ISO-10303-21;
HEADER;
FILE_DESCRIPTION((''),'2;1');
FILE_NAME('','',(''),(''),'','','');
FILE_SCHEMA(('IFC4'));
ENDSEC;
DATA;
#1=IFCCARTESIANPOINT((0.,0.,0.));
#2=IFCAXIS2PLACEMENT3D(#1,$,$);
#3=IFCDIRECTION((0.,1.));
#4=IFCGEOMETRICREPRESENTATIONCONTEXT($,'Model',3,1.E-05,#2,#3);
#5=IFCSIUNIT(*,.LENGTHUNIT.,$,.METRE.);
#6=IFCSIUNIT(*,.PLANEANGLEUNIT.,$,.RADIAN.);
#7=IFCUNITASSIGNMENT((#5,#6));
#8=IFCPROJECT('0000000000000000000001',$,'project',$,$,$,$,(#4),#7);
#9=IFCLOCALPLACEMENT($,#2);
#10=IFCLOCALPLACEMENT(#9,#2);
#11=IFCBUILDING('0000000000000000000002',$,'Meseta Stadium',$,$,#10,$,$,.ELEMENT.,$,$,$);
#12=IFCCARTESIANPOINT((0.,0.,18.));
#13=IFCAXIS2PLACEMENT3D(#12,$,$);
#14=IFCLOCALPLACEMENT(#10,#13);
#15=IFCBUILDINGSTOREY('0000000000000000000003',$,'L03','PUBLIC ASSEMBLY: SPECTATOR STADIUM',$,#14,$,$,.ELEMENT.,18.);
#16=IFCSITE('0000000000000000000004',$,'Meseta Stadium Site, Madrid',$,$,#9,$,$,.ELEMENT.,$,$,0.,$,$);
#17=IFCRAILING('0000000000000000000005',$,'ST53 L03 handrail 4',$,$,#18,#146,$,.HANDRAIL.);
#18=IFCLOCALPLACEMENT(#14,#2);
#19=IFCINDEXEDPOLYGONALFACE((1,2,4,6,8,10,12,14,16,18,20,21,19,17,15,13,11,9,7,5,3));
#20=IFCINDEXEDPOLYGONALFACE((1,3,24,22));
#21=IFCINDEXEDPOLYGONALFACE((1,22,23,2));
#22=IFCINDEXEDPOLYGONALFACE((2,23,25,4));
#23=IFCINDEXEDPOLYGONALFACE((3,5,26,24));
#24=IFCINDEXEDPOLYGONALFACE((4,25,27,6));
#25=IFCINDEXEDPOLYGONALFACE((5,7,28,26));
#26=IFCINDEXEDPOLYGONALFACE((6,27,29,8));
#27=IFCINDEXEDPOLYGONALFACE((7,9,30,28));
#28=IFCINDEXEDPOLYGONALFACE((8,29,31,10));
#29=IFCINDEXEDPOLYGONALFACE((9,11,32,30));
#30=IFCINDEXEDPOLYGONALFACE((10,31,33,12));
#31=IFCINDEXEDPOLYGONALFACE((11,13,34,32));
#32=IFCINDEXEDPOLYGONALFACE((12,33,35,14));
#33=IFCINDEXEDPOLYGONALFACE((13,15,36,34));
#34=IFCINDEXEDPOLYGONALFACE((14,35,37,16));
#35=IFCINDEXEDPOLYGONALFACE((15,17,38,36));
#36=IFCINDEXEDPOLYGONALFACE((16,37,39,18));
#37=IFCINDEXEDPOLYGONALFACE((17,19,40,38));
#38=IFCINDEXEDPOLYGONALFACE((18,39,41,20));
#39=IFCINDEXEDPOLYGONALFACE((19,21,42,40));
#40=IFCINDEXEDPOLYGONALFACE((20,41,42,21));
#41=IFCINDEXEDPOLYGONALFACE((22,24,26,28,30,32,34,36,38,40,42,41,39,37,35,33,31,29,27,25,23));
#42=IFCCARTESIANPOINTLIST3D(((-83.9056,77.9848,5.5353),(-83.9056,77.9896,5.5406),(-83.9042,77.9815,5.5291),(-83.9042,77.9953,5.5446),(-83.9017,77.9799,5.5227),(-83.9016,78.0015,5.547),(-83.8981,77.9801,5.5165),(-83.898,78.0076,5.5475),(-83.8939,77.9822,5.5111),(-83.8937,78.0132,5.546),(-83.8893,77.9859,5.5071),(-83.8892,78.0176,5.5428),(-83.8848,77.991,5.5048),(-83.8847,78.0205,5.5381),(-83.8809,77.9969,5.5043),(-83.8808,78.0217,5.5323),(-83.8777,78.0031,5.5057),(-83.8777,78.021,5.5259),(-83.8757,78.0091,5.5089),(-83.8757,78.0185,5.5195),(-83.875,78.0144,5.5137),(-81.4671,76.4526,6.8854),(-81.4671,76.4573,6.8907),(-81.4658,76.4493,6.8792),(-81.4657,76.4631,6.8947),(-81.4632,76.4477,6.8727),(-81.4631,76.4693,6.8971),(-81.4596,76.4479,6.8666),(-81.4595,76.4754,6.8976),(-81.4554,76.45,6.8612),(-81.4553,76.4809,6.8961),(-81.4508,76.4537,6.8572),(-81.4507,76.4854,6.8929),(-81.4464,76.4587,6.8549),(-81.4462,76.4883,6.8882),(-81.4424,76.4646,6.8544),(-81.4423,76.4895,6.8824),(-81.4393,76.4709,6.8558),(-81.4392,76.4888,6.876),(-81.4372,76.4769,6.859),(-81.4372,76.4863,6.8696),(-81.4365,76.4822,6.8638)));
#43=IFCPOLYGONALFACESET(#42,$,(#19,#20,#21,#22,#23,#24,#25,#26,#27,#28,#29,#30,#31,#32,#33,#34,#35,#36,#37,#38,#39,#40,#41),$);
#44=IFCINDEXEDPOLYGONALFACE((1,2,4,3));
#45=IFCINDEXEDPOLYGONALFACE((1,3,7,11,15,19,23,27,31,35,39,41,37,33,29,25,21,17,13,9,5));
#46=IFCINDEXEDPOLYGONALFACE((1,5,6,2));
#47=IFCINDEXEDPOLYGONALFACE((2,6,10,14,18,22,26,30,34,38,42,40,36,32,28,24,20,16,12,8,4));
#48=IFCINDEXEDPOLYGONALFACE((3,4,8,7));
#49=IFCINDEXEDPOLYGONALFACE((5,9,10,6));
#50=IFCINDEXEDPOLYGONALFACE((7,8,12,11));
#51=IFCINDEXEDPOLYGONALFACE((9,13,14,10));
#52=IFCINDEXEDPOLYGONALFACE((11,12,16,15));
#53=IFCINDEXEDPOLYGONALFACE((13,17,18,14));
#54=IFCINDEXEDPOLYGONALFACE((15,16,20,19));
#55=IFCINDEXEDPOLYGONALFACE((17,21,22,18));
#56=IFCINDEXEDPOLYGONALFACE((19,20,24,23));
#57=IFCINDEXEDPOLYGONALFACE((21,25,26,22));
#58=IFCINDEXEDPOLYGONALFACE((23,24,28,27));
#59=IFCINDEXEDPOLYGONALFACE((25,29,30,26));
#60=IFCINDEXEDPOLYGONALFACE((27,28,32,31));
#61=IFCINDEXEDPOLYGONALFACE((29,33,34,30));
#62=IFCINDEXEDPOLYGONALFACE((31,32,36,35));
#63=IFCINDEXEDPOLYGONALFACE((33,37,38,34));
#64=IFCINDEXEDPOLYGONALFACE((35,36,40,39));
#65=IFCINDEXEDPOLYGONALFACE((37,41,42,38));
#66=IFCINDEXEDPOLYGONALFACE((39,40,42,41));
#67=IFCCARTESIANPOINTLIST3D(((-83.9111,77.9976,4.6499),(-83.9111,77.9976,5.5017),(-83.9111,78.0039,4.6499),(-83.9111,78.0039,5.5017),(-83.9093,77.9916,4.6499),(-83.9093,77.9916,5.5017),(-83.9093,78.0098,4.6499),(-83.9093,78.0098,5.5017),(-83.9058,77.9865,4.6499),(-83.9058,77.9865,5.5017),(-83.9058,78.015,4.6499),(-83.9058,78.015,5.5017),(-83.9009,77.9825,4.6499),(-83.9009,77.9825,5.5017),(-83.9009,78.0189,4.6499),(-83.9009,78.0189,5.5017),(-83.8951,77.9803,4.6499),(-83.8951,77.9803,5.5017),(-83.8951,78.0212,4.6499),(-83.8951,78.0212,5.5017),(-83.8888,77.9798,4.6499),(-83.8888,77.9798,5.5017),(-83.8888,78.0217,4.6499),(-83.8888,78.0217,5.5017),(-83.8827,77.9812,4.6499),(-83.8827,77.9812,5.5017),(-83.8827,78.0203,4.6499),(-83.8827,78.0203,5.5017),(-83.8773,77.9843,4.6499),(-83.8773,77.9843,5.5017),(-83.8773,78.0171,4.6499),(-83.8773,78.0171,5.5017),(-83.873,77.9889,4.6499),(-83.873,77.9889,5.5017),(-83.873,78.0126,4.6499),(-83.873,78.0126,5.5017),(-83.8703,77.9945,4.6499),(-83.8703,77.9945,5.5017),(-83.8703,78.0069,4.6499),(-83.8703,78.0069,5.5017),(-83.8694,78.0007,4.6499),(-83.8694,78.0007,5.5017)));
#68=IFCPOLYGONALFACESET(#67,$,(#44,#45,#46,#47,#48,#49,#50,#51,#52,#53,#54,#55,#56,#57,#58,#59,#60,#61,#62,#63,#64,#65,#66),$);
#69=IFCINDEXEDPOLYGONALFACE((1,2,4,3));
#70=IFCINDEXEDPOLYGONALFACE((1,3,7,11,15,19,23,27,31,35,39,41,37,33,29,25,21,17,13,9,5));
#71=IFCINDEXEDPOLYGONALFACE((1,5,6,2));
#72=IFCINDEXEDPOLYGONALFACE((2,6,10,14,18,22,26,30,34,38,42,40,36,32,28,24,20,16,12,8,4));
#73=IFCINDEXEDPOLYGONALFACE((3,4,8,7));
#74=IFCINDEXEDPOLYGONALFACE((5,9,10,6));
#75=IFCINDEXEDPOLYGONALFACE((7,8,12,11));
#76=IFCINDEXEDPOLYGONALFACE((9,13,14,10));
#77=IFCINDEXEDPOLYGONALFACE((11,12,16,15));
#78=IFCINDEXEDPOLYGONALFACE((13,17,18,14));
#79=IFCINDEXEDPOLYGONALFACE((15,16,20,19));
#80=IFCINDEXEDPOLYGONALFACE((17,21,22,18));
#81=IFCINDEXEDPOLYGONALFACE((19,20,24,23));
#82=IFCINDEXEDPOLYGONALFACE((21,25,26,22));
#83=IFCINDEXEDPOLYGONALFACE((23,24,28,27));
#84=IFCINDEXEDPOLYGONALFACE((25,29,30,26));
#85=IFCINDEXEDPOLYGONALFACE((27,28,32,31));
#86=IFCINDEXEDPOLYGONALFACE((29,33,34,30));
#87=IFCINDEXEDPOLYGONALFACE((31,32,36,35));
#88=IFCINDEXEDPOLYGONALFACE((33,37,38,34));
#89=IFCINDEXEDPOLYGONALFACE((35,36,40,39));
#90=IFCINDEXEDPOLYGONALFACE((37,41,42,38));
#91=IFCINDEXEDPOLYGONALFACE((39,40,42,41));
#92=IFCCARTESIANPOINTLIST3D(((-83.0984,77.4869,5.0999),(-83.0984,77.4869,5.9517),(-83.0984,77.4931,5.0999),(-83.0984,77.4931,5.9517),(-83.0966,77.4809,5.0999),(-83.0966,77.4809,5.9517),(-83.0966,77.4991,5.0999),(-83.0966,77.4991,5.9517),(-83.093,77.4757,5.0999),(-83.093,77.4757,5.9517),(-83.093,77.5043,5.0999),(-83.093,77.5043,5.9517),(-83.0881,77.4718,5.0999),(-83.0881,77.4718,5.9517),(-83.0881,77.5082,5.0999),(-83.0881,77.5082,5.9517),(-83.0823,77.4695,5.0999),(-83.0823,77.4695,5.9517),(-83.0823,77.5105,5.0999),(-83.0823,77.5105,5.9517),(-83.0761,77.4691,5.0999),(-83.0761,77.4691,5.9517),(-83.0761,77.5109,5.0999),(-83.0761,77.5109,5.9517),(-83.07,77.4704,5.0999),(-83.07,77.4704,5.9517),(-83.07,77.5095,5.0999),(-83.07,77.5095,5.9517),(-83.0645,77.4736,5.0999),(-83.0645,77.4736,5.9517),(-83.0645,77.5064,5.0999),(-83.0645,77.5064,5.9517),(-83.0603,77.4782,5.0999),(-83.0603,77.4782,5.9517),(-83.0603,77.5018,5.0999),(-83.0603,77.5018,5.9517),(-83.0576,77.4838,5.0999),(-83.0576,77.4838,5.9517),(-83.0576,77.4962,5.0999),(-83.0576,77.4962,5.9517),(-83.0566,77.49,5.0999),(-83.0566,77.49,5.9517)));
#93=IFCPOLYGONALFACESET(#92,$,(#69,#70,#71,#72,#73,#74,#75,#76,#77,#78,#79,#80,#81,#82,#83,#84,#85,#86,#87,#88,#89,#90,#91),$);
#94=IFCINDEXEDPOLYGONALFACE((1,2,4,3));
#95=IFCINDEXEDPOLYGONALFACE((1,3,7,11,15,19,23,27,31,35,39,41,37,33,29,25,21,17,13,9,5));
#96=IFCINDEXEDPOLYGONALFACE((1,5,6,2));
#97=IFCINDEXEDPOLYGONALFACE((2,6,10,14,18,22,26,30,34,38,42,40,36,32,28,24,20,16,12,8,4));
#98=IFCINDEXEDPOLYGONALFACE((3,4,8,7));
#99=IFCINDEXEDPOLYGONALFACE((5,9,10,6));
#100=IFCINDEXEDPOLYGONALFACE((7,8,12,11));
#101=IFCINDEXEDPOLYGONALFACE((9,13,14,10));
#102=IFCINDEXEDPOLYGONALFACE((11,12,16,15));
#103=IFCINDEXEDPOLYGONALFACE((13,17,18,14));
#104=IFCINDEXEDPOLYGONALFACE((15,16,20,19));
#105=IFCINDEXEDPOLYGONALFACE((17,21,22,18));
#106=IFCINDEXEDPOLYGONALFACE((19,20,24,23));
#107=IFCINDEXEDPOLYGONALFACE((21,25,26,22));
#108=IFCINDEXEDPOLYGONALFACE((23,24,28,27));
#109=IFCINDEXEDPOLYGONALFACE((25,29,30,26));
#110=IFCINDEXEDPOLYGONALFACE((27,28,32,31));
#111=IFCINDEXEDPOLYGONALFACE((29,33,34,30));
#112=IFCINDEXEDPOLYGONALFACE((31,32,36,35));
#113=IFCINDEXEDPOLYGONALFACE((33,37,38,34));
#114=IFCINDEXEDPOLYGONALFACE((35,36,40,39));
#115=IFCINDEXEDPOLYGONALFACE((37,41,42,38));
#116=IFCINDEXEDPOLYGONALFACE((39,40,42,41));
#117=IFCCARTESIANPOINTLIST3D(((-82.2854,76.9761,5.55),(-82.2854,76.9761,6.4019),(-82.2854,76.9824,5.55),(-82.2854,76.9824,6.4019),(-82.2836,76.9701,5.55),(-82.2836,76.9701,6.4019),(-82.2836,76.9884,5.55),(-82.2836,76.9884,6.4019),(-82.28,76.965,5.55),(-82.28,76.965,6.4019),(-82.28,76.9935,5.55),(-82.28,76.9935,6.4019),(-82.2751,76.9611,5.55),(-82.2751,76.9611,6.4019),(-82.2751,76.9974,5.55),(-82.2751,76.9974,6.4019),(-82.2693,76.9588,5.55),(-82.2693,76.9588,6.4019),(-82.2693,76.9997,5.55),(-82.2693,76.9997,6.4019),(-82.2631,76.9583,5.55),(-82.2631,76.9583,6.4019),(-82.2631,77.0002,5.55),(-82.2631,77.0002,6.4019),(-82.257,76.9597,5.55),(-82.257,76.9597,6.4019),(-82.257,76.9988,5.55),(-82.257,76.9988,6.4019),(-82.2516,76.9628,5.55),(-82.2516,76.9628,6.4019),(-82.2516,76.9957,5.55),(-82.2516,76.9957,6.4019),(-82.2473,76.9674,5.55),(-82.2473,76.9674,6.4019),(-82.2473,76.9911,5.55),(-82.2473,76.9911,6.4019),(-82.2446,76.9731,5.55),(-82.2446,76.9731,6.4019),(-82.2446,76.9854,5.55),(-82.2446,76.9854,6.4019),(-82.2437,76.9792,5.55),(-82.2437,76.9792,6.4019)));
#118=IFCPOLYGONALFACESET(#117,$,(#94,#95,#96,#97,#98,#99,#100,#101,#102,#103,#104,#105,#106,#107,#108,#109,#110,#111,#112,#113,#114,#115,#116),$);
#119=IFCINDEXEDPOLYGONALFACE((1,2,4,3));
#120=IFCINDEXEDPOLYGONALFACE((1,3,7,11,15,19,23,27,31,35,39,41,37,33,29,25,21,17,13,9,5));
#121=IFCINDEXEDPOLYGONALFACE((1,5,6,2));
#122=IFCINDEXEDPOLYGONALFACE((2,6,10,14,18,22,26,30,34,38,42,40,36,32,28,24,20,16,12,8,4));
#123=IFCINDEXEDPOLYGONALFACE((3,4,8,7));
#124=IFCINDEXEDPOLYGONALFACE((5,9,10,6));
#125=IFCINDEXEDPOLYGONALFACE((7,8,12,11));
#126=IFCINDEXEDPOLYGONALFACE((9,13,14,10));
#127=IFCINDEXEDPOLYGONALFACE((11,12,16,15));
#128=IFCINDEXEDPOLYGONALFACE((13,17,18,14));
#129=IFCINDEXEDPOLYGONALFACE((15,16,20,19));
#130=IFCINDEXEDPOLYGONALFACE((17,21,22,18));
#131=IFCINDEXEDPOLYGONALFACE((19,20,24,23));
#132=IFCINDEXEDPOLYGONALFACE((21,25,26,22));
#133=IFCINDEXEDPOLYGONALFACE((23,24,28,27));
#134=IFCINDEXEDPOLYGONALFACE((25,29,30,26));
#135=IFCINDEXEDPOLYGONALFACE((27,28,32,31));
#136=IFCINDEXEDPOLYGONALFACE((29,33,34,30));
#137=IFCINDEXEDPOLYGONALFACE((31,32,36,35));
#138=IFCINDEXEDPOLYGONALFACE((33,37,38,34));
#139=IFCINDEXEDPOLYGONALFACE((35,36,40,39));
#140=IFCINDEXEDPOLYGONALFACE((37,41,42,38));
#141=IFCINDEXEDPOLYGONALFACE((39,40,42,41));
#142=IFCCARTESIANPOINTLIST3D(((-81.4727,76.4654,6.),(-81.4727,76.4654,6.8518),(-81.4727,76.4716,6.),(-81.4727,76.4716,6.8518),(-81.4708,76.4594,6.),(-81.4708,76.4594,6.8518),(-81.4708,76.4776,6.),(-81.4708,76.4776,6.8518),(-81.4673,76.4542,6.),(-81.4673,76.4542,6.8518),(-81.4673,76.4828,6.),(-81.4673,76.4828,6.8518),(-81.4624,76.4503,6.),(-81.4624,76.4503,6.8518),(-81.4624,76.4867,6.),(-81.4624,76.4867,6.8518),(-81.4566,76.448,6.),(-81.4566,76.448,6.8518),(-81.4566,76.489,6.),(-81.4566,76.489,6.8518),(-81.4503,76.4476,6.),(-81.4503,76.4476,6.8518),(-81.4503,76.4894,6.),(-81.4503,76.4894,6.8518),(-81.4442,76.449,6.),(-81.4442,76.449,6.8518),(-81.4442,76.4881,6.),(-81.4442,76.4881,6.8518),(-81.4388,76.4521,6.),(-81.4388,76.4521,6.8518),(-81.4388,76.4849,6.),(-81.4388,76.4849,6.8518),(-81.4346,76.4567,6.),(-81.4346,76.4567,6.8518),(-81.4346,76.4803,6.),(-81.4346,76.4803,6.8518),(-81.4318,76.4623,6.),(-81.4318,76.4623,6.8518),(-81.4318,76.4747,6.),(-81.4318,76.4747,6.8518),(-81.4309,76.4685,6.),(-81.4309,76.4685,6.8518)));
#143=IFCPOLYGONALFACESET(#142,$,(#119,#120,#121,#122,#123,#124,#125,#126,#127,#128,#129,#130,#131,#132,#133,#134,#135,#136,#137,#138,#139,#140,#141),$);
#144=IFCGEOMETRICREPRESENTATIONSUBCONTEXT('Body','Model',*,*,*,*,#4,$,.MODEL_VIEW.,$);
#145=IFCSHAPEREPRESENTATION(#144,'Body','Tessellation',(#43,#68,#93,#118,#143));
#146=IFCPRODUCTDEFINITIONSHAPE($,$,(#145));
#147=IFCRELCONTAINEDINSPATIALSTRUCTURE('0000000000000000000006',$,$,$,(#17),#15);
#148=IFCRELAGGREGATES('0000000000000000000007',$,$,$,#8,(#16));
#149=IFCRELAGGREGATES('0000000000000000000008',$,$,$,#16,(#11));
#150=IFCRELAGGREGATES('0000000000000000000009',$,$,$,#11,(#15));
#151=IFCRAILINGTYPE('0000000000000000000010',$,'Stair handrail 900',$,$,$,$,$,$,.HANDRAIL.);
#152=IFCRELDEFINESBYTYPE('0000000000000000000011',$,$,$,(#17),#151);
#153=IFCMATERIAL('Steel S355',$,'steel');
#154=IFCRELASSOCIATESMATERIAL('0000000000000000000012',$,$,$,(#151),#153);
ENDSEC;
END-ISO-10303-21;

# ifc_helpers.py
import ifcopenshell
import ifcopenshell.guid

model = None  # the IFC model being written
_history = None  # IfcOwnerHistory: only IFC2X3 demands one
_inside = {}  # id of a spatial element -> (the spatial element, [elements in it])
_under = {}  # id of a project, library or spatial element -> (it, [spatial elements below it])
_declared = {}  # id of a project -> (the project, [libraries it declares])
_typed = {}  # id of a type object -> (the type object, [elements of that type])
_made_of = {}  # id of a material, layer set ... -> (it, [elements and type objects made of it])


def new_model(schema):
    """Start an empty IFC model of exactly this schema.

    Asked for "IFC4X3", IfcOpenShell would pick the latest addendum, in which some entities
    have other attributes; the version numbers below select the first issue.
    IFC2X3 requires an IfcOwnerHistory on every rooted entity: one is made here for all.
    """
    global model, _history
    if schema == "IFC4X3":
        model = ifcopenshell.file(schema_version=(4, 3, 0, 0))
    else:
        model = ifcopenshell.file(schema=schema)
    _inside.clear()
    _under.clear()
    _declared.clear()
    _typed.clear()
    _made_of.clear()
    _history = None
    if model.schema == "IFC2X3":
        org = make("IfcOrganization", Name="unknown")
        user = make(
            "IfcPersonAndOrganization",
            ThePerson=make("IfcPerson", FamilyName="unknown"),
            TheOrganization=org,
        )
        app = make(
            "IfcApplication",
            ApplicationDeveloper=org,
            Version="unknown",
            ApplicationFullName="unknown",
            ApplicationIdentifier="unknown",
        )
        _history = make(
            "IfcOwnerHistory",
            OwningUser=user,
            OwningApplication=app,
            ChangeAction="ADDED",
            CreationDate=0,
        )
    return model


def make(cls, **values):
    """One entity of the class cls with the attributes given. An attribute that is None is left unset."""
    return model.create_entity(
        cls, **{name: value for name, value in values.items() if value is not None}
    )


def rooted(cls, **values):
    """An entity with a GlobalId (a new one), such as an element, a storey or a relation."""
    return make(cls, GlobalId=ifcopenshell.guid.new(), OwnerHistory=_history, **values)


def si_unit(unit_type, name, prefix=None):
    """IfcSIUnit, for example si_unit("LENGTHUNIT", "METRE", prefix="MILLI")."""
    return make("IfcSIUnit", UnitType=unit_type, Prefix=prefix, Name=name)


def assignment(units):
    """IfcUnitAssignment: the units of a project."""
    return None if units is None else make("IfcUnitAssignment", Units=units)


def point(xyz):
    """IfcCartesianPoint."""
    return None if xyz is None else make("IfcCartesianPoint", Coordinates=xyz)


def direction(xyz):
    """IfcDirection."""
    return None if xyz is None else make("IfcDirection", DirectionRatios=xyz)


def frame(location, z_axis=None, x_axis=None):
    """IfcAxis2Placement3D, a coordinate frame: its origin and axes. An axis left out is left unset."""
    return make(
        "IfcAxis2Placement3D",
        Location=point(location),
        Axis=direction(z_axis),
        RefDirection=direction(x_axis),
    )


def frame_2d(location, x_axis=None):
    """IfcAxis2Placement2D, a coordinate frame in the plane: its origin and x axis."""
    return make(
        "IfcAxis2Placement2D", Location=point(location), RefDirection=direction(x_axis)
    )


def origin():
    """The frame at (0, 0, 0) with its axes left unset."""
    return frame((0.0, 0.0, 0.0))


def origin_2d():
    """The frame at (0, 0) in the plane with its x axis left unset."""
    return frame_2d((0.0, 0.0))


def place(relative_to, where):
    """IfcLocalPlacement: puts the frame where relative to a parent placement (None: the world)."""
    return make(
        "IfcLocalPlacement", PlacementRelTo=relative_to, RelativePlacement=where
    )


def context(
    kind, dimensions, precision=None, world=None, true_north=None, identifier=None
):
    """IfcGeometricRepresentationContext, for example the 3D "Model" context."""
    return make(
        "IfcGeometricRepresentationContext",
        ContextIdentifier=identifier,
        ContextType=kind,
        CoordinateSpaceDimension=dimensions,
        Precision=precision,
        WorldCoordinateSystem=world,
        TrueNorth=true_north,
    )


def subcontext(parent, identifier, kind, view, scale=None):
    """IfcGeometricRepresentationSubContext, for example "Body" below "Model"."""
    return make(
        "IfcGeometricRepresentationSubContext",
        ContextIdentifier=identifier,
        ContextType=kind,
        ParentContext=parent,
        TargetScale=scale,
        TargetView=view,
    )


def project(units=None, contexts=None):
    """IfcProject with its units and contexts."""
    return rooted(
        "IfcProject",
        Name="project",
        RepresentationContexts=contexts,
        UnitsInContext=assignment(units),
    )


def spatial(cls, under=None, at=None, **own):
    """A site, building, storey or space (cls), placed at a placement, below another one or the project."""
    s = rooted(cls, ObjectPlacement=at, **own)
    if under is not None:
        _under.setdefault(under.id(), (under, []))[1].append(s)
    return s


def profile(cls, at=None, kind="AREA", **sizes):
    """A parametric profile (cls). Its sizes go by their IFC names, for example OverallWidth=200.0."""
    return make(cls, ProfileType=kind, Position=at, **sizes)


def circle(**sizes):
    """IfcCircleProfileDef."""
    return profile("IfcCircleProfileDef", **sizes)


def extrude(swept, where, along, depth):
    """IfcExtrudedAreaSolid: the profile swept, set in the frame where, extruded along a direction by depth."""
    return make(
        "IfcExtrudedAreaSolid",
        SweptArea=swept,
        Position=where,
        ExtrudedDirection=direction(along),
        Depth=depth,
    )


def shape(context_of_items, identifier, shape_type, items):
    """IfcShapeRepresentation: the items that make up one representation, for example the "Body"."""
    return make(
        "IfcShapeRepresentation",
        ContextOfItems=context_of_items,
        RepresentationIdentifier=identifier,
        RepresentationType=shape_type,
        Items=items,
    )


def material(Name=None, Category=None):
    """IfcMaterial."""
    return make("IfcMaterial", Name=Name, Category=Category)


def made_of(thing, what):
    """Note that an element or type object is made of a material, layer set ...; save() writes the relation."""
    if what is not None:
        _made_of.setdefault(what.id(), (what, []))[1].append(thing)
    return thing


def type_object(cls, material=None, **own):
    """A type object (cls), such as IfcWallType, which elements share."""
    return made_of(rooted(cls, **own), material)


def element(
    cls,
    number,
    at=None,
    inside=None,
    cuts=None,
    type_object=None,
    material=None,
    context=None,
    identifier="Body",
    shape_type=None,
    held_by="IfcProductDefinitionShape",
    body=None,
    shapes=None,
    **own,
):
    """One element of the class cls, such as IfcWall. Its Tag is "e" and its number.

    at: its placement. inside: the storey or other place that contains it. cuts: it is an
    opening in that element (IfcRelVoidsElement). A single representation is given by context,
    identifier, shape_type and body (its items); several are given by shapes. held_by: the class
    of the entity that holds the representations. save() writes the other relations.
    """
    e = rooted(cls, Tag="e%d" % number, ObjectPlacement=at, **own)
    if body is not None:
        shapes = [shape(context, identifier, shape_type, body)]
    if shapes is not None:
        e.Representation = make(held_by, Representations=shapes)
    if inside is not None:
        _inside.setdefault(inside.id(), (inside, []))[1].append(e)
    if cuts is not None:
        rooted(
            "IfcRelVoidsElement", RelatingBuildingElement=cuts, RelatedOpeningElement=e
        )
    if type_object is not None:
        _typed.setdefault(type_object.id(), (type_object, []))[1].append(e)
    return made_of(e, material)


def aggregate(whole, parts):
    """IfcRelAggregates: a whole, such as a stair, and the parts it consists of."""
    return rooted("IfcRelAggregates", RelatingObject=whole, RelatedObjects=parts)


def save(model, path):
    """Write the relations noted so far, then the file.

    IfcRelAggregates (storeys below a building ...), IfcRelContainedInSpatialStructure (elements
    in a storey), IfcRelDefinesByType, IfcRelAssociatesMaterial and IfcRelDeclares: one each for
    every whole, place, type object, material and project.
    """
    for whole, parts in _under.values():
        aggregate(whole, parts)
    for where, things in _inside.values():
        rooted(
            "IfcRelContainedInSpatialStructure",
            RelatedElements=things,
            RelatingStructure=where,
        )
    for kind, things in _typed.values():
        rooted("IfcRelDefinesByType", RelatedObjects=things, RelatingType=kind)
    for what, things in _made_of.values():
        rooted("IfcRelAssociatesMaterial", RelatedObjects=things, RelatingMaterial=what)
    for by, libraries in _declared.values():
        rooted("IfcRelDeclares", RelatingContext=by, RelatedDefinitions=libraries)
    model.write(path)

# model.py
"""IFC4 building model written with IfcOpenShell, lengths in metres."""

from ifc_helpers import new_model, si_unit, direction, frame, origin, origin_2d, place, context, subcontext, project, spatial, circle, extrude, material, type_object, element, save


model = new_model("IFC4")

# Units and contexts
model_context = context("Model", 3, precision=1e-05, world=origin(), true_north=direction((0.0, 1.0)))
body_context = subcontext(model_context, "Body", "Model", "MODEL_VIEW")
ifc_project = project(units=[si_unit("LENGTHUNIT", "METRE"), si_unit("PLANEANGLEUNIT", "RADIAN")], contexts=[model_context])

# Site, building, storey
site_placement = place(None, origin())
site = spatial("IfcSite", under=ifc_project, at=site_placement, Name="Meseta Stadium Site, Madrid", CompositionType="ELEMENT", RefElevation=0.0)
building_placement = place(site_placement, origin())
building = spatial("IfcBuilding", under=site, at=building_placement, Name="Meseta Stadium", CompositionType="ELEMENT")
storey_placement = place(building_placement, frame((0.0, 0.0, 18.0)))
storey = spatial("IfcBuildingStorey", under=building, at=storey_placement, Name="L03", Description="PUBLIC ASSEMBLY: SPECTATOR STADIUM", CompositionType="ELEMENT", Elevation=18.0)

# Railing
ifc_material_1 = material(Name="Steel S355", Category="steel")
railing_type_1 = type_object("IfcRailingType", Name="Stair handrail 900", PredefinedType="HANDRAIL", material=ifc_material_1)
railing_1_placement = place(storey_placement, frame((-83.8904, 78.0007, 4.6499)))
element("IfcRailing", 1, at=railing_1_placement, inside=storey, type_object=railing_type_1, Name="ST53 L03 handrail 4", PredefinedType="HANDRAIL", context=body_context, shape_type="SweptSolid", body=[
    extrude(circle(Radius=0.0239, at=origin_2d()), frame((0.0, 0.0, 0.876), z_axis=(0.766655, -0.481731, 0.42447), x_axis=(0.53204, 0.846719, 0.0)), (0.0, 0.0, 1.0), 3.1807),
    extrude(circle(Radius=0.021, at=origin_2d()), origin(), (0.0, 0.0, 1.0), 0.8518),
    extrude(circle(Radius=0.021, at=origin_2d()), frame((0.8127, -0.5107, 0.45)), (0.0, 0.0, 1.0), 0.8518),
    extrude(circle(Radius=0.021, at=origin_2d()), frame((1.6257, -1.0215, 0.9001)), (0.0, 0.0, 1.0), 0.8518),
    extrude(circle(Radius=0.021, at=origin_2d()), frame((2.4385, -1.5322, 1.3501)), (0.0, 0.0, 1.0), 0.8518),
])

save(model, "model.ifc")
